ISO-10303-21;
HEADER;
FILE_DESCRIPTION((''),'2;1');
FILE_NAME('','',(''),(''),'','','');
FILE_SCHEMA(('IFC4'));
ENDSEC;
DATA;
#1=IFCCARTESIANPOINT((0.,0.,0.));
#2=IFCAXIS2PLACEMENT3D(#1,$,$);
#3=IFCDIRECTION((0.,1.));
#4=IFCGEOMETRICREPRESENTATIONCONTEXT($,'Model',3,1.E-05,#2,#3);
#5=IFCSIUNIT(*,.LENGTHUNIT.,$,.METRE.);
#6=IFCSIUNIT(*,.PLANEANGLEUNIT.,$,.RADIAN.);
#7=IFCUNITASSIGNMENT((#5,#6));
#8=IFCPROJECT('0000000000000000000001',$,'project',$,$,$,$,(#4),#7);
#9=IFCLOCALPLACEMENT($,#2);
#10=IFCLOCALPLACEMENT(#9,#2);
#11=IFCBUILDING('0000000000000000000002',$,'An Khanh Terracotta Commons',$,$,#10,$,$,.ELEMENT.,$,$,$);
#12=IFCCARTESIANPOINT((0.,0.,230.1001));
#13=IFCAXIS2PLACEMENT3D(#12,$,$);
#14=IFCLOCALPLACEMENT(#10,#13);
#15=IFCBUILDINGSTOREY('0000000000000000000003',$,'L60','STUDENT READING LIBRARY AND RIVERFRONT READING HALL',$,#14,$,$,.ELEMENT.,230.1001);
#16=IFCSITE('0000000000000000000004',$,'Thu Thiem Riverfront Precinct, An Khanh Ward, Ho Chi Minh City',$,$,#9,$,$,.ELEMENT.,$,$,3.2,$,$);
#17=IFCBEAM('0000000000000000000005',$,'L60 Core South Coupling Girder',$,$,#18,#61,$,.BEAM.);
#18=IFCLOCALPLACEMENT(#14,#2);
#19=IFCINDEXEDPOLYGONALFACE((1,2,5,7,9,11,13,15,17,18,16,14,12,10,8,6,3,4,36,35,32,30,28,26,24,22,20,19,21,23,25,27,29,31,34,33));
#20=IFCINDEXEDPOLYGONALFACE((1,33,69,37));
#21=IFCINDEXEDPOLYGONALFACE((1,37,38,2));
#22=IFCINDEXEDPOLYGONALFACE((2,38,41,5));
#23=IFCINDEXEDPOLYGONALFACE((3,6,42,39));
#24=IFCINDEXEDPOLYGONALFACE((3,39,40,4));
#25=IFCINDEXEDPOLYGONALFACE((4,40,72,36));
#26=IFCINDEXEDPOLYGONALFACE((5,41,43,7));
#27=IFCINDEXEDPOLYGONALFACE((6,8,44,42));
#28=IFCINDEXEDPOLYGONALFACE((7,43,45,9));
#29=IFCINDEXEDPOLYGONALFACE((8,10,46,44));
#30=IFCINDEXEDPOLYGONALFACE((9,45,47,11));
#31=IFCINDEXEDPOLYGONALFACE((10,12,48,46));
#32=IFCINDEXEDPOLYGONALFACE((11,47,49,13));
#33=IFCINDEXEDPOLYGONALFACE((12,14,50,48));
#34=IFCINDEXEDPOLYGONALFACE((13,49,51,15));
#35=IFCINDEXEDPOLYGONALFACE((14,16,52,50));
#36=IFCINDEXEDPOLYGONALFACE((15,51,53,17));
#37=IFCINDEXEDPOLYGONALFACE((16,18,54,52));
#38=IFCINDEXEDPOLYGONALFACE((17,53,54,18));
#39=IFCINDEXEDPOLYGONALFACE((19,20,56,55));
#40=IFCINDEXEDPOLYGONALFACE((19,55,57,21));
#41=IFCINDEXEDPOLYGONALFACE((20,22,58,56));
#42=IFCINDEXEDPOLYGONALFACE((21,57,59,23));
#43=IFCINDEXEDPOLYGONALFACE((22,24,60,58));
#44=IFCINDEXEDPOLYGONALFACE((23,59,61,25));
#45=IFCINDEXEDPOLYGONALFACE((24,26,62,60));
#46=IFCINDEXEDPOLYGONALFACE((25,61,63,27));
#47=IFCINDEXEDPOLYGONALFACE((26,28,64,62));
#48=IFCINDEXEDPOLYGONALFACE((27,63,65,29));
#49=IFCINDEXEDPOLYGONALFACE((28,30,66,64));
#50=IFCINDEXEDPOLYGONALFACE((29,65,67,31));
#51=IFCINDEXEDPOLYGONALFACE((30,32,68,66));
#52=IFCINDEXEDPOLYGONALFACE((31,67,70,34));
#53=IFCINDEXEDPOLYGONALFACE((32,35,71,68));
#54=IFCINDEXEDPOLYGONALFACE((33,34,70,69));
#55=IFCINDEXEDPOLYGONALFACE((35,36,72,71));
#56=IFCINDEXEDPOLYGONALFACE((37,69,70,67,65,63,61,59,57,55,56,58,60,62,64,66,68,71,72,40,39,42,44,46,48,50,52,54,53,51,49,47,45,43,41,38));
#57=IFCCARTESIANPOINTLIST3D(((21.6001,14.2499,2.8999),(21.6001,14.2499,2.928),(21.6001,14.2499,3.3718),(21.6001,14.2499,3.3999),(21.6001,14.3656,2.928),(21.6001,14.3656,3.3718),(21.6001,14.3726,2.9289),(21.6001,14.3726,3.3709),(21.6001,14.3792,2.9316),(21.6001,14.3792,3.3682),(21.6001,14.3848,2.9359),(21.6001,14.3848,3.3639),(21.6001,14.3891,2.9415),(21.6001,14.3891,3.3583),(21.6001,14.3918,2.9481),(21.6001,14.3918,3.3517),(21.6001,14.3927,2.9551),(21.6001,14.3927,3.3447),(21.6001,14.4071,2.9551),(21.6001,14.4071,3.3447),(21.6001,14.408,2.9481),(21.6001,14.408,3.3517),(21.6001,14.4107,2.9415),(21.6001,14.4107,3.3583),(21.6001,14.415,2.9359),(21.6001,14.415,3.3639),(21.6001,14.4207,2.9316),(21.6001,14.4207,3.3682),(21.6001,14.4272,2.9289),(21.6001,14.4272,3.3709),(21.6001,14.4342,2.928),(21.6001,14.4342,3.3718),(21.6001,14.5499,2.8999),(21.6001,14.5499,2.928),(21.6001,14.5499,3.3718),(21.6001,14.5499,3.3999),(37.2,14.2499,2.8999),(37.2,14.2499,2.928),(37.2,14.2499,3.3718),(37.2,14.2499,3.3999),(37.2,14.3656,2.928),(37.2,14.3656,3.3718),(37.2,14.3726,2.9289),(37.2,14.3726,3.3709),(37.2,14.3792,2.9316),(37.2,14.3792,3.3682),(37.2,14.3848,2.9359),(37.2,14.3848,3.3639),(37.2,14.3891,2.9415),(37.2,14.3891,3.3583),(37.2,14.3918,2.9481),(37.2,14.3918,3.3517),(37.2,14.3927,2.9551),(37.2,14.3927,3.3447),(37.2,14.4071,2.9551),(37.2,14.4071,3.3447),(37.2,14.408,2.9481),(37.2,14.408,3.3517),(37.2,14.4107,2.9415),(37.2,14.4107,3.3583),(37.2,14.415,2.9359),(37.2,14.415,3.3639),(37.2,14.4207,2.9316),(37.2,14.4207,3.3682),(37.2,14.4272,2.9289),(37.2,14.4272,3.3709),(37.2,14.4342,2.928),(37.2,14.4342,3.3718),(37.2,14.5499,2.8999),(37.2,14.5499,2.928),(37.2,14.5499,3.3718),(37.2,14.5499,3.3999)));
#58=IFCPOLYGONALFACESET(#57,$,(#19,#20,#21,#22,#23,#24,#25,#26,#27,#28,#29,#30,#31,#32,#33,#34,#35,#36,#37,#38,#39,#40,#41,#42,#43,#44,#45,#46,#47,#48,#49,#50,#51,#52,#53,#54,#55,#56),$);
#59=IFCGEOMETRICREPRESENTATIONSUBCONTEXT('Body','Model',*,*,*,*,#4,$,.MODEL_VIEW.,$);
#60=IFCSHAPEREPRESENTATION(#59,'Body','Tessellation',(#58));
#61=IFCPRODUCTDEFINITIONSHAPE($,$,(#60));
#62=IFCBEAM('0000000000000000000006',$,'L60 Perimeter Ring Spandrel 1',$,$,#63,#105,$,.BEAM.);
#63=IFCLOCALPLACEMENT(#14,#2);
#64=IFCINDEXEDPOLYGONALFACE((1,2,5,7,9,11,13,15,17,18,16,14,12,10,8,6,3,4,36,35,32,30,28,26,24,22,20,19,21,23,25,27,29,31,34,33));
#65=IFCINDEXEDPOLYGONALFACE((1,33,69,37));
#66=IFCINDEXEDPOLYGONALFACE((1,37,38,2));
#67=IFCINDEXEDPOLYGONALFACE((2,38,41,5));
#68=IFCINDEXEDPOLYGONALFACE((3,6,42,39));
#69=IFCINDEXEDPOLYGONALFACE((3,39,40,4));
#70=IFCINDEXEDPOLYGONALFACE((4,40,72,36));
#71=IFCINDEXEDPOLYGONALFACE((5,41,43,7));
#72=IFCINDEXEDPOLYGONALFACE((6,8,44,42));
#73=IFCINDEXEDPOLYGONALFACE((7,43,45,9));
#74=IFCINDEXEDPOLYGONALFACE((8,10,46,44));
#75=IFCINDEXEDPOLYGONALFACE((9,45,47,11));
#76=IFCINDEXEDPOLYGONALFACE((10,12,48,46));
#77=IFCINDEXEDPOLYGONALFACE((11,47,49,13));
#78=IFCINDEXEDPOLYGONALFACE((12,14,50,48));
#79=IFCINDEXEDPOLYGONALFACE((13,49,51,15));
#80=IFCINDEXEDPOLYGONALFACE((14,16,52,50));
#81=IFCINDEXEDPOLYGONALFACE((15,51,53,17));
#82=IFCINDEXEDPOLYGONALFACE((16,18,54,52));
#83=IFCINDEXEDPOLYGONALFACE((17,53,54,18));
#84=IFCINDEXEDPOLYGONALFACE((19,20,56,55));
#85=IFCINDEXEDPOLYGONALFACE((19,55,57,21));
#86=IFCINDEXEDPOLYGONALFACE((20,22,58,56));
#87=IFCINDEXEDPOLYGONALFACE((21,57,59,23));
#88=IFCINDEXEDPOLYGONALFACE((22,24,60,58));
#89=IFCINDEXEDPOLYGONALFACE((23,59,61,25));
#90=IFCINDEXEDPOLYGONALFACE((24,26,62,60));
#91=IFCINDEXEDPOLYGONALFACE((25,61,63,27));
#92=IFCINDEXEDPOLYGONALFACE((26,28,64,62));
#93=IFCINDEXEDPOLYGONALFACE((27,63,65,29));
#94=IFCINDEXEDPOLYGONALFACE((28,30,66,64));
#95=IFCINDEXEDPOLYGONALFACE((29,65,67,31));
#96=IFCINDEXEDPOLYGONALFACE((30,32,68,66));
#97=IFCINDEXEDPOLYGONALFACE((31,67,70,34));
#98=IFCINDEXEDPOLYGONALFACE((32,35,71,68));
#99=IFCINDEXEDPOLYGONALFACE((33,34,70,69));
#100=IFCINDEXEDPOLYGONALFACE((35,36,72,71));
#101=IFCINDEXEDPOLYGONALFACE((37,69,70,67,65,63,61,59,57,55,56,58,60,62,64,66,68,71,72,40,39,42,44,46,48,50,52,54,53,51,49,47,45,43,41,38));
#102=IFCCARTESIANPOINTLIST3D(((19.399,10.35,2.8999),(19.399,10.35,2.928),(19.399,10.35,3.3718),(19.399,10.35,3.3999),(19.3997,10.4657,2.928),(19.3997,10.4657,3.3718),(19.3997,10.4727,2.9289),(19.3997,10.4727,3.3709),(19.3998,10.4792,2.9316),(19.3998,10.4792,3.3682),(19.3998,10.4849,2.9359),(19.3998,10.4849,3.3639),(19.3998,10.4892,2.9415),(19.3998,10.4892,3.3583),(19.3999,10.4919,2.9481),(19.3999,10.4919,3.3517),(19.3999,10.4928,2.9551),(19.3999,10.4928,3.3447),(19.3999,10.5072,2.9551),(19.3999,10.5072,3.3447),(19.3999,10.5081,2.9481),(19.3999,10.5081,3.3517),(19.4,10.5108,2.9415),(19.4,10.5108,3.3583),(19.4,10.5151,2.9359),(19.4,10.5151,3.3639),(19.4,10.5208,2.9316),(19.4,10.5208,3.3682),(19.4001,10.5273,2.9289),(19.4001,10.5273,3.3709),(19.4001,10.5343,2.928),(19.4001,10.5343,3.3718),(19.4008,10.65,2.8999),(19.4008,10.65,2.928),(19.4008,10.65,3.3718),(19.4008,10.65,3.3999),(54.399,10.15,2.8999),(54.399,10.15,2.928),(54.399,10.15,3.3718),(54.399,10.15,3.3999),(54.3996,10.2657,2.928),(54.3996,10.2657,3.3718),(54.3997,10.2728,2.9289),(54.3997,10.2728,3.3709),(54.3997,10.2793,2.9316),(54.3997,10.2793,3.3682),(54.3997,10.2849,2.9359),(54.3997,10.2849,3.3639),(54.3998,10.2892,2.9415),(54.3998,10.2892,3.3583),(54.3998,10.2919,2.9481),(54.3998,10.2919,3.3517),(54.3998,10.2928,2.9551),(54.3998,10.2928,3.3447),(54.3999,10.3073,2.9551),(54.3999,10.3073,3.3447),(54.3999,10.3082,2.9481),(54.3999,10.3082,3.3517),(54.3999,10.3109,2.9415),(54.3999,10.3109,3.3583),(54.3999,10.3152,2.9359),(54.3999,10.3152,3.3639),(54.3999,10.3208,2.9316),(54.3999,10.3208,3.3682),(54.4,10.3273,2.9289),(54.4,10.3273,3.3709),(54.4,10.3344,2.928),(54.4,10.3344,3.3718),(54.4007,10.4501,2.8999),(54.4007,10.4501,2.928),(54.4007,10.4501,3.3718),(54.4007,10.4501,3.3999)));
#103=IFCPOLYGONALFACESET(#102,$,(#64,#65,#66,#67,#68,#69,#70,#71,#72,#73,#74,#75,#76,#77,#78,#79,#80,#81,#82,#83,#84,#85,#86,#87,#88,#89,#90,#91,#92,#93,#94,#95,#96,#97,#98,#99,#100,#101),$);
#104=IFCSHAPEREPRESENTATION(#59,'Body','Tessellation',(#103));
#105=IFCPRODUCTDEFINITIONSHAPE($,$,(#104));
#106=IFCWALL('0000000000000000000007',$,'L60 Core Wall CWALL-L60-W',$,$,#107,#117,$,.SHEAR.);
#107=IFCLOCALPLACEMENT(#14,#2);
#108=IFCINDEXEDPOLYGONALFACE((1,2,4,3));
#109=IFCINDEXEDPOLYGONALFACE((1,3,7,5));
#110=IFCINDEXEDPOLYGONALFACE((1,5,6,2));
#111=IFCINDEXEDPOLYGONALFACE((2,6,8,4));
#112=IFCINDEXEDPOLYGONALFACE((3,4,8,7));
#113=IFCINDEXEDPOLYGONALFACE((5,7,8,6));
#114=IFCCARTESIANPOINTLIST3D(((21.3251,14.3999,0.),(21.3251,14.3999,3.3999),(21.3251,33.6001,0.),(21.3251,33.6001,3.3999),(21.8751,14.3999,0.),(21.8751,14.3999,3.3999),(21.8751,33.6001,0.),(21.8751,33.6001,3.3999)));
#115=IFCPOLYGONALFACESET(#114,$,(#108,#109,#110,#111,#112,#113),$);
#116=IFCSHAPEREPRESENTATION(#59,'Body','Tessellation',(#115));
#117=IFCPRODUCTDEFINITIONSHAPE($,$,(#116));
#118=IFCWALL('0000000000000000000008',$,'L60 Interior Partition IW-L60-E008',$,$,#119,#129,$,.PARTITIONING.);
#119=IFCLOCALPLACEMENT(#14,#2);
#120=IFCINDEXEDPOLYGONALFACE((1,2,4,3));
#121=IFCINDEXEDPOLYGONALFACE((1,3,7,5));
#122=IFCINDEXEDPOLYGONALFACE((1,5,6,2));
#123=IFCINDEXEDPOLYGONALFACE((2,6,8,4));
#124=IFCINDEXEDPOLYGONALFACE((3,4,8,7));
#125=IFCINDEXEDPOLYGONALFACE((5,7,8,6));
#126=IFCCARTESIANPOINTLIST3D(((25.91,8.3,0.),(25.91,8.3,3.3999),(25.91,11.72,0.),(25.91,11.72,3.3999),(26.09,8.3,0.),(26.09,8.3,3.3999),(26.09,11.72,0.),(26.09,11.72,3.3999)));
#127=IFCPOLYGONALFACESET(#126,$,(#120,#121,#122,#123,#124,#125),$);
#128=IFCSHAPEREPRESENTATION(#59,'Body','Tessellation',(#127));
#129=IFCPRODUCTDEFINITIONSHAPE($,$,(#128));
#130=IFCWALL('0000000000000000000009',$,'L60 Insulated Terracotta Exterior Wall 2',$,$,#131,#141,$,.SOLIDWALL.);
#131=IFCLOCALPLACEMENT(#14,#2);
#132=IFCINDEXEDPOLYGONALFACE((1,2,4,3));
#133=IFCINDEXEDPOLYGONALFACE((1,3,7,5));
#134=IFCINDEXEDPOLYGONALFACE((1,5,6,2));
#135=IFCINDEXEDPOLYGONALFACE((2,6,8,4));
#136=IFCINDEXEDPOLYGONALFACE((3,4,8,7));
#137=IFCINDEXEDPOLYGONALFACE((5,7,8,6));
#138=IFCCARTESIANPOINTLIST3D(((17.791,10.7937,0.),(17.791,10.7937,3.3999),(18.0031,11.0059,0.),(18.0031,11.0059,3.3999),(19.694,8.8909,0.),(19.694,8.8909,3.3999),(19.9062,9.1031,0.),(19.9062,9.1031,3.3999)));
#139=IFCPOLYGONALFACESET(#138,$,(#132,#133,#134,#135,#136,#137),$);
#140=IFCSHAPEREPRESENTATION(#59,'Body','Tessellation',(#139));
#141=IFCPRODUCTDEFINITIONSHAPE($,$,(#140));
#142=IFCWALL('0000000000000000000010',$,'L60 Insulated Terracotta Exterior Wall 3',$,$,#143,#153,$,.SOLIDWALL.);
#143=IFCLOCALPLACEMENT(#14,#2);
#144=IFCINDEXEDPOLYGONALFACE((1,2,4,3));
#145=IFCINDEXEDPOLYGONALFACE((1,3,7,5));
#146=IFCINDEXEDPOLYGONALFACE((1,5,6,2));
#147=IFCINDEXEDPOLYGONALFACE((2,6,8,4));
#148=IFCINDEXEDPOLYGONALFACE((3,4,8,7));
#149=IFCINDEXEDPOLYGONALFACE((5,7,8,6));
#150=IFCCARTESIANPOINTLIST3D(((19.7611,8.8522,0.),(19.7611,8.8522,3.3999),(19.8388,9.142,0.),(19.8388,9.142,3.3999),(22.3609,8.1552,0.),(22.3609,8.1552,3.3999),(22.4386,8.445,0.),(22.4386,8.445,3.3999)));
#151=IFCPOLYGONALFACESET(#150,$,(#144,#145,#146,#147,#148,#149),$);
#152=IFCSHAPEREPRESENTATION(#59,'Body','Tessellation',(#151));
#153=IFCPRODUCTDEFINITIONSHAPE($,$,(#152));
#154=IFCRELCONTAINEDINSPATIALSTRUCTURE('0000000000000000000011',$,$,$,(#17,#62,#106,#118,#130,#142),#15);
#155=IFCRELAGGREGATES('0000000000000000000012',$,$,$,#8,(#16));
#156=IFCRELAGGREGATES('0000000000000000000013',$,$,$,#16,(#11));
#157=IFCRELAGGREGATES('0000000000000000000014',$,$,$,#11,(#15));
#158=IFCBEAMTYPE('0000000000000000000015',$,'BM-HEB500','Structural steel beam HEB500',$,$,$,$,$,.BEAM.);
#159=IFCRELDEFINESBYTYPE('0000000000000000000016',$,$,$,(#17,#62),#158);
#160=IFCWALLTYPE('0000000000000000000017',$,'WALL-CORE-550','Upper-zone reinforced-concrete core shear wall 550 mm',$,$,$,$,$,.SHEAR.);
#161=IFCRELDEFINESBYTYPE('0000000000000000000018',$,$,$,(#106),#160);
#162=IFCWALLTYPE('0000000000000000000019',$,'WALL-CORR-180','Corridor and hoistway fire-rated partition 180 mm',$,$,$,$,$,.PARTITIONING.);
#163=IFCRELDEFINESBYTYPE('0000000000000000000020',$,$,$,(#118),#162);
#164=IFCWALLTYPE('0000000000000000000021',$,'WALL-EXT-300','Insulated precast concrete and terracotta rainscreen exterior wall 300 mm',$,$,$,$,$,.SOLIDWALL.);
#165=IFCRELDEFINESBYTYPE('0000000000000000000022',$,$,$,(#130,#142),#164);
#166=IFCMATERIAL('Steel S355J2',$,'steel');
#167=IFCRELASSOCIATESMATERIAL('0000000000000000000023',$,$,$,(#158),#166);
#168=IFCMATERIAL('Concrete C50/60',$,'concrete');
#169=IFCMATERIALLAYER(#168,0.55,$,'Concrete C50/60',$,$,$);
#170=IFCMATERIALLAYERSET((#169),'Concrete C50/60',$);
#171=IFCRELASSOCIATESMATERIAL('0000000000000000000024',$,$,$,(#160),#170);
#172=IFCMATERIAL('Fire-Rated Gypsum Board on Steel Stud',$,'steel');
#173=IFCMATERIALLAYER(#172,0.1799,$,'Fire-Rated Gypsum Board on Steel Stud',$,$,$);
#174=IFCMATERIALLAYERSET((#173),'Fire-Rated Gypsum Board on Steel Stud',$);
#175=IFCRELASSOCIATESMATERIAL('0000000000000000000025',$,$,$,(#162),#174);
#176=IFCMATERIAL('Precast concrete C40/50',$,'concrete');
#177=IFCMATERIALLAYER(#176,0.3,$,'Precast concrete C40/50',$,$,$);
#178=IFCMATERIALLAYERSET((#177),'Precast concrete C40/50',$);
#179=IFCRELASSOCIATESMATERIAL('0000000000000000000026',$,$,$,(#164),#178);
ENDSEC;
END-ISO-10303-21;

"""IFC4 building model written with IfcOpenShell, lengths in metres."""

from ifc_helpers import new_model, si_unit, direction, frame, frame_2d, origin, origin_2d, place, context, subcontext, project, spatial, rectangle, i_section, extrude, material, layer, layer_set, material_profile, profile_set, type_object, element, save


model = new_model("IFC4")

# Units and contexts
model_context = context("Model", 3, precision=1e-05, world=origin(), true_north=direction((0.0, 1.0)))
body_context = subcontext(model_context, "Body", "Model", "MODEL_VIEW")
ifc_project = project(units=[si_unit("LENGTHUNIT", "METRE"), si_unit("PLANEANGLEUNIT", "RADIAN")], contexts=[model_context])

# Site, building, storey
site_placement = place(None, origin())
site = spatial("IfcSite", under=ifc_project, at=site_placement, Name="Thu Thiem Riverfront Precinct, An Khanh Ward, Ho Chi Minh City", CompositionType="ELEMENT", RefElevation=3.2)
building_placement = place(site_placement, origin())
building = spatial("IfcBuilding", under=site, at=building_placement, Name="An Khanh Terracotta Commons", CompositionType="ELEMENT")
storey_placement = place(building_placement, frame((0.0, 0.0, 230.1001)))
storey = spatial("IfcBuildingStorey", under=building, at=storey_placement, Name="L60", Description="STUDENT READING LIBRARY AND RIVERFRONT READING HALL", CompositionType="ELEMENT", Elevation=230.1001)

# Beams
ifc_material_1 = material(Name="Steel S355J2", Category="steel")
ifc_material_profile_1 = material_profile(ifc_material_1, i_section(OverallWidth=0.3, OverallDepth=0.5, WebThickness=0.0144, FlangeThickness=0.0281, FilletRadius=0.0271, at=origin_2d()), Name="HEB500")
ifc_profile_set_1 = profile_set([ifc_material_profile_1], Name="Steel S355J2")
beam_type_1 = type_object("IfcBeamType", Name="BM-HEB500", Description="Structural steel beam HEB500", PredefinedType="BEAM", material=ifc_profile_set_1)
beam_1_placement = place(storey_placement, frame((21.6001, 14.3999, 3.1499), z_axis=(1.0, 0.0, 0.0), x_axis=(0.0, 1.0, 0.0)))
element("IfcBeam", 1, at=beam_1_placement, inside=storey, type_object=beam_type_1, Name="L60 Core South Coupling Girder", PredefinedType="BEAM", context=body_context, shape_type="SweptSolid", body=[
    extrude(i_section(OverallWidth=0.3, OverallDepth=0.5, WebThickness=0.0144, FlangeThickness=0.0281, FilletRadius=0.0271, at=origin_2d()), origin(), (0.0, 0.0, 1.0), 15.5999),
])
beam_2_placement = place(storey_placement, frame((19.3999, 10.5, 3.1499), z_axis=(0.999984, -0.005713, 0.0), x_axis=(0.005713, 0.999984, 0.0)))
element("IfcBeam", 2, at=beam_2_placement, inside=storey, type_object=beam_type_1, Name="L60 Perimeter Ring Spandrel 1", PredefinedType="BEAM", context=body_context, shape_type="SweptSolid", body=[
    extrude(i_section(OverallWidth=0.3, OverallDepth=0.5, WebThickness=0.0144, FlangeThickness=0.0281, FilletRadius=0.0271, at=origin_2d()), origin(), (0.0, 0.0, 1.0), 35.0005),
])

# Walls
ifc_material_2 = material(Name="Concrete C50/60", Category="concrete")
ifc_layer_1 = layer(ifc_material_2, 0.55, Name="Concrete C50/60")
ifc_layer_set_1 = layer_set([ifc_layer_1], Name="Concrete C50/60")
wall_type_1 = type_object("IfcWallType", Name="WALL-CORE-550", Description="Upper-zone reinforced-concrete core shear wall 550 mm", PredefinedType="SHEAR", material=ifc_layer_set_1)
wall_1_placement = place(storey_placement, frame((21.6001, 14.3999, 0.0), z_axis=(0.0, 0.0, 1.0), x_axis=(0.0, 1.0, 0.0)))
element("IfcWall", 3, at=wall_1_placement, inside=storey, type_object=wall_type_1, Name="L60 Core Wall CWALL-L60-W", PredefinedType="SHEAR", context=body_context, shape_type="SweptSolid", body=[
    extrude(rectangle(XDim=19.2002, YDim=0.55, at=frame_2d((9.6001, 0.0))), origin(), (0.0, 0.0, 1.0), 3.3999),
])
ifc_material_3 = material(Name="Fire-Rated Gypsum Board on Steel Stud", Category="steel")
ifc_layer_2 = layer(ifc_material_3, 0.1799, Name="Fire-Rated Gypsum Board on Steel Stud")
ifc_layer_set_2 = layer_set([ifc_layer_2], Name="Fire-Rated Gypsum Board on Steel Stud")
wall_type_2 = type_object("IfcWallType", Name="WALL-CORR-180", Description="Corridor and hoistway fire-rated partition 180 mm", PredefinedType="PARTITIONING", material=ifc_layer_set_2)
wall_2_placement = place(storey_placement, frame((26.0, 8.3, 0.0), z_axis=(0.0, 0.0, 1.0), x_axis=(0.0, 1.0, 0.0)))
element("IfcWall", 4, at=wall_2_placement, inside=storey, type_object=wall_type_2, Name="L60 Interior Partition IW-L60-E008", PredefinedType="PARTITIONING", context=body_context, shape_type="SweptSolid", body=[
    extrude(rectangle(XDim=3.4199, YDim=0.1799, at=frame_2d((1.71, 0.0))), origin(), (0.0, 0.0, 1.0), 3.3999),
])
ifc_material_4 = material(Name="Precast concrete C40/50", Category="concrete")
ifc_layer_3 = layer(ifc_material_4, 0.3, Name="Precast concrete C40/50")
ifc_layer_set_3 = layer_set([ifc_layer_3], Name="Precast concrete C40/50")
wall_type_3 = type_object("IfcWallType", Name="WALL-EXT-300", Description="Insulated precast concrete and terracotta rainscreen exterior wall 300 mm", PredefinedType="SOLIDWALL", material=ifc_layer_set_3)
wall_3_placement = place(storey_placement, frame((17.897, 10.8999, 0.0), z_axis=(0.0, 0.0, 1.0), x_axis=(0.707152, -0.707061, 0.0)))
element("IfcWall", 5, at=wall_3_placement, inside=storey, type_object=wall_type_3, Name="L60 Insulated Terracotta Exterior Wall 2", PredefinedType="SOLIDWALL", context=body_context, shape_type="SweptSolid", body=[
    extrude(rectangle(XDim=2.6912, YDim=0.3, at=frame_2d((1.3457, 0.0))), origin(), (0.0, 0.0, 1.0), 3.3999),
])
wall_4_placement = place(storey_placement, frame((19.8, 8.9971, 0.0), z_axis=(0.0, 0.0, 1.0), x_axis=(0.965889, -0.258955, 0.0)))
element("IfcWall", 6, at=wall_4_placement, inside=storey, type_object=wall_type_3, Name="L60 Insulated Terracotta Exterior Wall 3", PredefinedType="SOLIDWALL", context=body_context, shape_type="SweptSolid", body=[
    extrude(rectangle(XDim=2.6917, YDim=0.3, at=frame_2d((1.3457, 0.0))), origin(), (0.0, 0.0, 1.0), 3.3999),
])

save(model, "model.ifc")
